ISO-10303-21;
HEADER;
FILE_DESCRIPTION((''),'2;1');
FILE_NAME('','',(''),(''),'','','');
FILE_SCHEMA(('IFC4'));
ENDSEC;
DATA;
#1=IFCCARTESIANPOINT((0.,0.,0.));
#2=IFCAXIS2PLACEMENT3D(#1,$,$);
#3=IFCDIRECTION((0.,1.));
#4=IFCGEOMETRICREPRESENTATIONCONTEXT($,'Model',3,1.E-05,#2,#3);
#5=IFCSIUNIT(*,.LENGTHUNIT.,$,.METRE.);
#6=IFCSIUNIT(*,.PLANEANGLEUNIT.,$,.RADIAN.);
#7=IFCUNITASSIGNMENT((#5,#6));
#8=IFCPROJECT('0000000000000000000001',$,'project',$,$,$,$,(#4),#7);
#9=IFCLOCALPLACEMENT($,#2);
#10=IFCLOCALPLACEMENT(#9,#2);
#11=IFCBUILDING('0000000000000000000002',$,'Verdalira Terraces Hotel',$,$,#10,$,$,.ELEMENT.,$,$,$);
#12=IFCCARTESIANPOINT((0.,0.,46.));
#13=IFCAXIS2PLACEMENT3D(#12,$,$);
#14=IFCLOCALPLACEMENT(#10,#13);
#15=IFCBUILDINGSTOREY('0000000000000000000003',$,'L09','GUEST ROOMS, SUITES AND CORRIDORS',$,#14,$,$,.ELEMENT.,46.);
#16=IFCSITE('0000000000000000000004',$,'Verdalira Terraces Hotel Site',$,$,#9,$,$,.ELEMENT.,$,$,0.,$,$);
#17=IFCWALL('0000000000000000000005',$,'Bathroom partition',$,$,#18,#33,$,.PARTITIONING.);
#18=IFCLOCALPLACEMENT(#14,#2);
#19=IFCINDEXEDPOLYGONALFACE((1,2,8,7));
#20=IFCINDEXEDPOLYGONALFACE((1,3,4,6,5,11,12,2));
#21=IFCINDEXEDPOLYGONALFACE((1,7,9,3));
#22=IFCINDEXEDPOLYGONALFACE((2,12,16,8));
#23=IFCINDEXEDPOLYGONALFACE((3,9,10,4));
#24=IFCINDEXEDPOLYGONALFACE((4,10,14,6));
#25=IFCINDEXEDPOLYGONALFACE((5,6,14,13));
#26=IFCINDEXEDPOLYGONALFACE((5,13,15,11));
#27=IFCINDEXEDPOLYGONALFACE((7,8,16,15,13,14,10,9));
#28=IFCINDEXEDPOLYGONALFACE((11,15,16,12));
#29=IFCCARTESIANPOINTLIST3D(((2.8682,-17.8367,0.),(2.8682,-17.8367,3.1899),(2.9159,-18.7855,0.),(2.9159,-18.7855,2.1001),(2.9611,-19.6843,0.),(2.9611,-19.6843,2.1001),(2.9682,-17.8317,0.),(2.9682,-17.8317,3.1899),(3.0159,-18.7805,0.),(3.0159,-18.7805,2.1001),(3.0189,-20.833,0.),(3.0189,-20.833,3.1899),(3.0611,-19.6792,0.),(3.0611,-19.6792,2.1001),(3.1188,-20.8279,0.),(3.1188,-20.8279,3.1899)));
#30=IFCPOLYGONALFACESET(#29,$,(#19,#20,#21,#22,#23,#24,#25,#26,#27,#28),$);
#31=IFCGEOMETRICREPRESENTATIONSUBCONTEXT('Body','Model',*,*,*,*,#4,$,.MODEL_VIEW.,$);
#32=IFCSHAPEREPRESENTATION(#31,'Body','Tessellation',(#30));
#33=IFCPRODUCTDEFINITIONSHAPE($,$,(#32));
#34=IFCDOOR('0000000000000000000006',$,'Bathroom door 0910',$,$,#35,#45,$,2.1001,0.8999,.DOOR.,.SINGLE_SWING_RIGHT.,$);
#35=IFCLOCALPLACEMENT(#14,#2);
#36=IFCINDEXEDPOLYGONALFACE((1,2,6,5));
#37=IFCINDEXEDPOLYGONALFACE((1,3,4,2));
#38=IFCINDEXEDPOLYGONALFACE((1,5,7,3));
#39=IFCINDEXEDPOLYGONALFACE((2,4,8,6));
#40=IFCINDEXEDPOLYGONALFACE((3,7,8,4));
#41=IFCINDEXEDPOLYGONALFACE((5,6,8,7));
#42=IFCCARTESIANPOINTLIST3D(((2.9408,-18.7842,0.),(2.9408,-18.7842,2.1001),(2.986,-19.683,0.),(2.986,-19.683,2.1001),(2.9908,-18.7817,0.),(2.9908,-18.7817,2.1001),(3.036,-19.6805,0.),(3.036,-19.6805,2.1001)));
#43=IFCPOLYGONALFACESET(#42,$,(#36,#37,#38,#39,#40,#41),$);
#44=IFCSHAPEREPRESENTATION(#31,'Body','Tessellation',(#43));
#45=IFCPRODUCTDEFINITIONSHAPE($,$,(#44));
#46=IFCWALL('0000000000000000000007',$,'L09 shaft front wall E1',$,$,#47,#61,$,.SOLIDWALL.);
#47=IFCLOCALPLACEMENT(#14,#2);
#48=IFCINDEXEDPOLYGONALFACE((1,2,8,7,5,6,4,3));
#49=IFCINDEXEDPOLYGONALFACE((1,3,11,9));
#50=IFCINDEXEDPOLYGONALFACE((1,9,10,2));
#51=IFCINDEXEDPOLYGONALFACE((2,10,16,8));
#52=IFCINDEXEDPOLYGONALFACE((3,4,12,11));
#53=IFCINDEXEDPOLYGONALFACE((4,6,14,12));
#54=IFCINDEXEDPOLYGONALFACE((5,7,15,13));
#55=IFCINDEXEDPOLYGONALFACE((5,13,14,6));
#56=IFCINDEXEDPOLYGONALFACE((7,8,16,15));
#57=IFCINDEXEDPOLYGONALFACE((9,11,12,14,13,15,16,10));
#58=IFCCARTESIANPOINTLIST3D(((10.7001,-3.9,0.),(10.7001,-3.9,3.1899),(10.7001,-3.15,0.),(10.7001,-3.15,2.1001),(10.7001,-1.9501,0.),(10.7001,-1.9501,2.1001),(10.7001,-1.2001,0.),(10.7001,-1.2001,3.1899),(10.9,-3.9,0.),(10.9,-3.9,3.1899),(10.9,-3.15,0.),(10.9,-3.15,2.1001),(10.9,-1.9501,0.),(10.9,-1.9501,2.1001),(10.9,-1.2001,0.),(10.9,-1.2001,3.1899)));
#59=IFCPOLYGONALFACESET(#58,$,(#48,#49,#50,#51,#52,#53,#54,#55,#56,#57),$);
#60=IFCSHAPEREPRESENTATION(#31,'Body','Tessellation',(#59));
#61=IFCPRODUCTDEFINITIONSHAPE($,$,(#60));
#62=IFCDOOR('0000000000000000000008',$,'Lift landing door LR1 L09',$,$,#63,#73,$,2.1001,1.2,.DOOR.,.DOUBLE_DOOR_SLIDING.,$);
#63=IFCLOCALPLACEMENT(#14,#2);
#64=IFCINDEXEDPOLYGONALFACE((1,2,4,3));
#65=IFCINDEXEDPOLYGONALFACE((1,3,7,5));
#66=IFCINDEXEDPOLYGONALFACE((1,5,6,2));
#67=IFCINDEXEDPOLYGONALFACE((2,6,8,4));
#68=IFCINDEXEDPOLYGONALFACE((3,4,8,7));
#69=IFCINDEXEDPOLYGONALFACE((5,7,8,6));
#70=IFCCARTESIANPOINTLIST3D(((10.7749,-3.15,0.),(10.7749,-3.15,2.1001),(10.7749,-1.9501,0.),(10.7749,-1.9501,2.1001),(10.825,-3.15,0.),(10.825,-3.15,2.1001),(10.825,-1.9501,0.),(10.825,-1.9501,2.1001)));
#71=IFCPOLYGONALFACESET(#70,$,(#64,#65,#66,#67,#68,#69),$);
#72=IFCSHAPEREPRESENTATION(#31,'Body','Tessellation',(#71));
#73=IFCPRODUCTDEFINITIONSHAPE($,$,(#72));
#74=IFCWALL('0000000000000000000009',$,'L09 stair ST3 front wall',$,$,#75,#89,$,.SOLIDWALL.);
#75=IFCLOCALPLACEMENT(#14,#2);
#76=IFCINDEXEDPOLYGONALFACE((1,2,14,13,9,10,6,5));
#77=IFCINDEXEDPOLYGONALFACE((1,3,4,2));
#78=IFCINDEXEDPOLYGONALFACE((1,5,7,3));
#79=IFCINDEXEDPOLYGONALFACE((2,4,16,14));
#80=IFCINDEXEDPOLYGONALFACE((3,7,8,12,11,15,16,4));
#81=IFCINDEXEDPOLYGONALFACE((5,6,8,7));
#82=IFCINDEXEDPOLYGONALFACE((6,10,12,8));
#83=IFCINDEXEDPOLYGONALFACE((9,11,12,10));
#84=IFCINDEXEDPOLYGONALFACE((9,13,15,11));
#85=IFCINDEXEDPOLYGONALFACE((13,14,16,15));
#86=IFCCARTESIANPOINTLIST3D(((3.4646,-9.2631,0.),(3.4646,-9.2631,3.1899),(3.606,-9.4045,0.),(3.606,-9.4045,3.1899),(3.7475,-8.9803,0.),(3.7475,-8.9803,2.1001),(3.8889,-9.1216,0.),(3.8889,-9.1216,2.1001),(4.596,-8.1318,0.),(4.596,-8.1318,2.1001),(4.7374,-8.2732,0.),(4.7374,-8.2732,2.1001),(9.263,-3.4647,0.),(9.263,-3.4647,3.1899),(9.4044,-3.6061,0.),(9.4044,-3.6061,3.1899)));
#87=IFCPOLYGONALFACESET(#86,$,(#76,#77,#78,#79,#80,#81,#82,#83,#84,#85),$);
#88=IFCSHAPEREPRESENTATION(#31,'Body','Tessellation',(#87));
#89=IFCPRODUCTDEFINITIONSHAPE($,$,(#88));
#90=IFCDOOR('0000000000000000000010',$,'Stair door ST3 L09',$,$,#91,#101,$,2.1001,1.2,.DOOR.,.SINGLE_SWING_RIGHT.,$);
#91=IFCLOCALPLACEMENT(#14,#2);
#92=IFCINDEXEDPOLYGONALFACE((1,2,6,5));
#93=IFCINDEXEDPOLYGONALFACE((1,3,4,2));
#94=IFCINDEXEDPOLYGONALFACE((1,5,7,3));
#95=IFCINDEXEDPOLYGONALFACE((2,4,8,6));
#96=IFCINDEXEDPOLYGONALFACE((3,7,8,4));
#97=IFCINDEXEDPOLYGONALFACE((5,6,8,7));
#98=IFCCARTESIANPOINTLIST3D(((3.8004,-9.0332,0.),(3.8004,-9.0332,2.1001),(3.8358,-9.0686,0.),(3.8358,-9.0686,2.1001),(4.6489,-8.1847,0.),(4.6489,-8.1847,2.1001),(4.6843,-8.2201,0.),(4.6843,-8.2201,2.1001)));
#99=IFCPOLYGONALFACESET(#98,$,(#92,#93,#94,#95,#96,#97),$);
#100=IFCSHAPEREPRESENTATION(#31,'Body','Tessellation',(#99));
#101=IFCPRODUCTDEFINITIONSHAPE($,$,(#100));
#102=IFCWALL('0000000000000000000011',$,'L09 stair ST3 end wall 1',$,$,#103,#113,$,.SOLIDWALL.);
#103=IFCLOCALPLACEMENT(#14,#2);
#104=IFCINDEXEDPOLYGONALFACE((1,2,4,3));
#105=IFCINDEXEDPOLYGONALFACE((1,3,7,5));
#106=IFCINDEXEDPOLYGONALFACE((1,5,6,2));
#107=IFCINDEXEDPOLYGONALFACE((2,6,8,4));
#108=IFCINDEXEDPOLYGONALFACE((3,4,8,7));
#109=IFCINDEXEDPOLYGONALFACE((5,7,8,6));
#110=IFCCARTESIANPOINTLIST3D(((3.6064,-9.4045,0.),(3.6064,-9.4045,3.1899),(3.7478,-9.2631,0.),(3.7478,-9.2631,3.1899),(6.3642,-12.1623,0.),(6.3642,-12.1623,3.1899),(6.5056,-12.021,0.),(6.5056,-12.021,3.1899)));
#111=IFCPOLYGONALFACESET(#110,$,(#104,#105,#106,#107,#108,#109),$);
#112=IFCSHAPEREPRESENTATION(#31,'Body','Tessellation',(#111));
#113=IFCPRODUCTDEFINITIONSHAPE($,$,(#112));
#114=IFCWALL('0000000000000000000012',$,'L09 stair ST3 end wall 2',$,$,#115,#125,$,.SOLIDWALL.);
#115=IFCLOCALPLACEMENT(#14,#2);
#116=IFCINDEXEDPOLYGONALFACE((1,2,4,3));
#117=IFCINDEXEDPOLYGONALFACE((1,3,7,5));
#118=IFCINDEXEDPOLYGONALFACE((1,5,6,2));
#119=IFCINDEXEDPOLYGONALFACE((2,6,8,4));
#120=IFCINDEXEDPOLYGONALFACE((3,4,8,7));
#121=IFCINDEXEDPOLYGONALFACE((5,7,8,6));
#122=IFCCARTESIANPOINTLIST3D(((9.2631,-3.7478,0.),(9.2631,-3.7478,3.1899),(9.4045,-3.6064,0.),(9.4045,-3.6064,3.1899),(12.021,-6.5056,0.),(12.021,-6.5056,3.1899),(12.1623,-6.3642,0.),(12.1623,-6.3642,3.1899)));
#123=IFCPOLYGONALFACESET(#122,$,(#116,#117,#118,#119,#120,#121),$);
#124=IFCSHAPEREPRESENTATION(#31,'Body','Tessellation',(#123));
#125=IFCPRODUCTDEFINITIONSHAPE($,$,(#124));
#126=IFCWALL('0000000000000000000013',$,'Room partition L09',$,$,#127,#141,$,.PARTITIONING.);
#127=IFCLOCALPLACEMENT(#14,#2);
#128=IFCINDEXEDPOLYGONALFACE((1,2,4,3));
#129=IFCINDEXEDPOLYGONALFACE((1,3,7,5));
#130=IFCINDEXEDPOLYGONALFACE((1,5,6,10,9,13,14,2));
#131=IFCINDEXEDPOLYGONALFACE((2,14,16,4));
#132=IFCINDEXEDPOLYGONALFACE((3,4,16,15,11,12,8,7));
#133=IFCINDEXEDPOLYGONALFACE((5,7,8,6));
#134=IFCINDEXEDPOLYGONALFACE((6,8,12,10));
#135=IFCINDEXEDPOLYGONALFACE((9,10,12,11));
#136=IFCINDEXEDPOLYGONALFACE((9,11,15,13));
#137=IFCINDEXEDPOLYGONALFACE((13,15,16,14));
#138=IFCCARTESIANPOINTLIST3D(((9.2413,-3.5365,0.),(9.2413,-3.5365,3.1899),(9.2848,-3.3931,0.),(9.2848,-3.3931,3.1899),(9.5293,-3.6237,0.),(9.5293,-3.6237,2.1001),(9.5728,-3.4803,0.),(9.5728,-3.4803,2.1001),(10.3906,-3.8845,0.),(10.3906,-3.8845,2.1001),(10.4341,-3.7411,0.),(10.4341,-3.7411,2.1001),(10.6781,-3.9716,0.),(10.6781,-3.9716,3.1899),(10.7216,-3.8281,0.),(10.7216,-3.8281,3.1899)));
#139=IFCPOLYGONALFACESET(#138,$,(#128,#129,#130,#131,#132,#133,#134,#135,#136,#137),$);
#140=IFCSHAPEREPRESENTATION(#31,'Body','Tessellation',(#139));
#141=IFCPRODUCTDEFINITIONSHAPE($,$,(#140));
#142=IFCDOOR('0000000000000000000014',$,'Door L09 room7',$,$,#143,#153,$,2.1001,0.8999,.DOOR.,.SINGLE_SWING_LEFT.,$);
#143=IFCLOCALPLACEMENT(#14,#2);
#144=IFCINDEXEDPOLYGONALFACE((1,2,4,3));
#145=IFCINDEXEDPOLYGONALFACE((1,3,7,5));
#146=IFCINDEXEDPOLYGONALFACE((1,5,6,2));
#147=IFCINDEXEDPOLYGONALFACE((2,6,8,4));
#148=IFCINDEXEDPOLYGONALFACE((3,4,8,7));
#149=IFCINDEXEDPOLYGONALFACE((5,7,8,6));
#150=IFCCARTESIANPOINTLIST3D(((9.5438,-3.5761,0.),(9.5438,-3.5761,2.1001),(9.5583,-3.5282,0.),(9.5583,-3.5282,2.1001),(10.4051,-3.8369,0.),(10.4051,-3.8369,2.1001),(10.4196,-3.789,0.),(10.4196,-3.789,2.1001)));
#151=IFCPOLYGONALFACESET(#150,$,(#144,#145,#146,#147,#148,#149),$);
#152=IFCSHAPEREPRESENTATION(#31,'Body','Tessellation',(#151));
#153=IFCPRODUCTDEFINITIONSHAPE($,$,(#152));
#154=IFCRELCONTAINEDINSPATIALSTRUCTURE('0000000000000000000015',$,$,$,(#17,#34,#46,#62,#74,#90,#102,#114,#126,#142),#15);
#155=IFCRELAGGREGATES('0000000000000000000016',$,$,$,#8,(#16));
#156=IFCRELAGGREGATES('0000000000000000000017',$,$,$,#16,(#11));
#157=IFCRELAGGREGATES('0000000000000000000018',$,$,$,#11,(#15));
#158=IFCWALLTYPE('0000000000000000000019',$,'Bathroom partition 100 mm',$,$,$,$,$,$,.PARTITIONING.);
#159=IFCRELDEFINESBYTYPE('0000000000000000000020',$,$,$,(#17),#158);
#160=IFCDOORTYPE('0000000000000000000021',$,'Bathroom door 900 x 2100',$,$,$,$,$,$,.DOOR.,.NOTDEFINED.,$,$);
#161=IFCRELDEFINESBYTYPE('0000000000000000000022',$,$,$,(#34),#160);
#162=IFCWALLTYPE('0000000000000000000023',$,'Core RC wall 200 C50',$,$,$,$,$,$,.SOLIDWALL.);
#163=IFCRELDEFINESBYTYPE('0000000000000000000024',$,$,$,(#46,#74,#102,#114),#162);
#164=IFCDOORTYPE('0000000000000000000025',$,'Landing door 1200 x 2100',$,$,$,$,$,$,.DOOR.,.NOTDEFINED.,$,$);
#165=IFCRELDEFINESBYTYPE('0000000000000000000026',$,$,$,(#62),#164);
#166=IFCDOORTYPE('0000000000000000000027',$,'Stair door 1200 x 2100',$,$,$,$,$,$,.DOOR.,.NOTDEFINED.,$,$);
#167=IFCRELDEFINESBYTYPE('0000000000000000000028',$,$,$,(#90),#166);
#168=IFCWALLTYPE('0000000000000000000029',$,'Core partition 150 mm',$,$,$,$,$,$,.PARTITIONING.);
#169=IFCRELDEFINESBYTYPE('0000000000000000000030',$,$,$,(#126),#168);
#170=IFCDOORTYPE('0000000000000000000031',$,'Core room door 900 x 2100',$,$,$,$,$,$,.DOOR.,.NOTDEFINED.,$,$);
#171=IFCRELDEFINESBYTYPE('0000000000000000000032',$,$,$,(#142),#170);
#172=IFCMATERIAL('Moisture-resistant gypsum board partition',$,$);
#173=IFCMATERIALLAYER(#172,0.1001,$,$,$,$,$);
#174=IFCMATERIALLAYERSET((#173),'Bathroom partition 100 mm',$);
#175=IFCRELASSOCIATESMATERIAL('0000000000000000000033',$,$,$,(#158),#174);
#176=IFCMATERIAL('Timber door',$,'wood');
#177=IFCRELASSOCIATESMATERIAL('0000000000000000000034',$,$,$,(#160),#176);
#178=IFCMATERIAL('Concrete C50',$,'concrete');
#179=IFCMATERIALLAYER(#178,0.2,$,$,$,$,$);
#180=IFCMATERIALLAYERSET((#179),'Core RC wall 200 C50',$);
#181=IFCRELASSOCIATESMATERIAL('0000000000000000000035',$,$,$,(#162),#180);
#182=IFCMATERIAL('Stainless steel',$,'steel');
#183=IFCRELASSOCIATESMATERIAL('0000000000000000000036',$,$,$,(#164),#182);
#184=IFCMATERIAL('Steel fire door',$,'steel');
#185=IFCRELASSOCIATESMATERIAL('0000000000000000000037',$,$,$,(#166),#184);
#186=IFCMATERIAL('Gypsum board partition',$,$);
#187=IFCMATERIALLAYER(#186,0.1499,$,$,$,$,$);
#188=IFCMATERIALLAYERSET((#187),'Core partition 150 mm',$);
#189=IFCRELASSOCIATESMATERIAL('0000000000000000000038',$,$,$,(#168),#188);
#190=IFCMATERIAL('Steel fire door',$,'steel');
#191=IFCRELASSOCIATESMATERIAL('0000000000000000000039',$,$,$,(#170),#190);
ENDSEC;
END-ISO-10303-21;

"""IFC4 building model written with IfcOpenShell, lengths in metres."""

from ifc_helpers import new_model, si_unit, direction, frame, frame_2d, origin, place, context, subcontext, project, spatial, rectangle, extrude, material, layer, layer_set, type_object, element, fill, save


model = new_model("IFC4")

# Units and contexts
model_context = context("Model", 3, precision=1e-05, world=origin(), true_north=direction((0.0, 1.0)))
body_context = subcontext(model_context, "Body", "Model", "MODEL_VIEW")
ifc_project = project(units=[si_unit("LENGTHUNIT", "METRE"), si_unit("PLANEANGLEUNIT", "RADIAN")], contexts=[model_context])

# Site, building, storey
site_placement = place(None, origin())
site = spatial("IfcSite", under=ifc_project, at=site_placement, Name="Verdalira Terraces Hotel Site", CompositionType="ELEMENT", RefElevation=0.0)
building_placement = place(site_placement, origin())
building = spatial("IfcBuilding", under=site, at=building_placement, Name="Verdalira Terraces Hotel", CompositionType="ELEMENT")
storey_placement = place(building_placement, frame((0.0, 0.0, 46.0)))
storey = spatial("IfcBuildingStorey", under=building, at=storey_placement, Name="L09", Description="GUEST ROOMS, SUITES AND CORRIDORS", CompositionType="ELEMENT", Elevation=46.0)

# Walls, openings, doors
ifc_material_1 = material(Name="Moisture-resistant gypsum board partition")
ifc_layer_1 = layer(ifc_material_1, 0.1001)
ifc_layer_set_1 = layer_set([ifc_layer_1], Name="Bathroom partition 100 mm")
wall_type_1 = type_object("IfcWallType", Name="Bathroom partition 100 mm", PredefinedType="PARTITIONING", material=ifc_layer_set_1)
wall_1_placement = place(storey_placement, frame((2.9182, -17.8342, 0.0), z_axis=(0.0, 0.0, 1.0), x_axis=(0.050214, -0.998738, 0.0)))
wall_1 = element("IfcWall", 1, at=wall_1_placement, inside=storey, type_object=wall_type_1, Name="Bathroom partition", PredefinedType="PARTITIONING", context=body_context, shape_type="SweptSolid", body=[
    extrude(rectangle(XDim=3.0, YDim=0.1001, at=frame_2d((1.5, 0.0))), origin(), (0.0, 0.0, 1.0), 3.1899),
])
opening_1_placement = place(wall_1_placement, frame((0.95, 0.0, 0.0)))
opening_1 = element("IfcOpeningElement", 2, at=opening_1_placement, cuts=wall_1, PredefinedType="OPENING", context=body_context, shape_type="SweptSolid", body=[
    extrude(rectangle(XDim=0.8999, YDim=2.1001, at=frame_2d((0.45, 1.05))), frame((0.0, 0.0601, 0.0), z_axis=(0.0, -1.0, 0.0), x_axis=(1.0, 0.0, 0.0)), (0.0, 0.0, 1.0), 0.1201),
])
ifc_material_2 = material(Name="Timber door", Category="wood")
door_type_1 = type_object("IfcDoorType", Name="Bathroom door 900 x 2100", OperationType="NOTDEFINED", PredefinedType="DOOR", material=ifc_material_2)
door_1_placement = place(opening_1_placement, origin())
door_1 = element("IfcDoor", 3, at=door_1_placement, inside=storey, type_object=door_type_1, Name="Bathroom door 0910", OperationType="SINGLE_SWING_RIGHT", OverallHeight=2.1001, OverallWidth=0.8999, PredefinedType="DOOR", context=body_context, shape_type="SweptSolid", body=[
    extrude(rectangle(XDim=0.8999, YDim=2.1001, at=frame_2d((0.45, 1.05))), frame((0.0, 0.0249, 0.0), z_axis=(0.0, -1.0, 0.0), x_axis=(1.0, 0.0, 0.0)), (0.0, 0.0, 1.0), 0.05),
])
fill(opening_1, door_1)
ifc_material_3 = material(Name="Concrete C50", Category="concrete")
ifc_layer_2 = layer(ifc_material_3, 0.2)
ifc_layer_set_2 = layer_set([ifc_layer_2], Name="Core RC wall 200 C50")
wall_type_2 = type_object("IfcWallType", Name="Core RC wall 200 C50", PredefinedType="SOLIDWALL", material=ifc_layer_set_2)
wall_2_placement = place(storey_placement, frame((10.8, -1.2, 0.0), z_axis=(0.0, 0.0, 1.0), x_axis=(0.0, -1.0, 0.0)))
wall_2 = element("IfcWall", 4, at=wall_2_placement, inside=storey, type_object=wall_type_2, Name="L09 shaft front wall E1", PredefinedType="SOLIDWALL", context=body_context, shape_type="SweptSolid", body=[
    extrude(rectangle(XDim=2.7, YDim=0.2, at=frame_2d((1.3501, 0.0))), origin(), (0.0, 0.0, 1.0), 3.1899),
])
opening_2_placement = place(wall_2_placement, frame((0.75, 0.0, 0.0)))
opening_2 = element("IfcOpeningElement", 5, at=opening_2_placement, cuts=wall_2, PredefinedType="OPENING", context=body_context, shape_type="SweptSolid", body=[
    extrude(rectangle(XDim=1.2, YDim=2.1001, at=frame_2d((0.6001, 1.05))), frame((0.0, 0.1099, 0.0), z_axis=(0.0, -1.0, 0.0), x_axis=(1.0, 0.0, 0.0)), (0.0, 0.0, 1.0), 0.22),
])
ifc_material_4 = material(Name="Stainless steel", Category="steel")
door_type_2 = type_object("IfcDoorType", Name="Landing door 1200 x 2100", OperationType="NOTDEFINED", PredefinedType="DOOR", material=ifc_material_4)
door_2_placement = place(opening_2_placement, origin())
door_2 = element("IfcDoor", 6, at=door_2_placement, inside=storey, type_object=door_type_2, Name="Lift landing door LR1 L09", OperationType="DOUBLE_DOOR_SLIDING", OverallHeight=2.1001, OverallWidth=1.2, PredefinedType="DOOR", context=body_context, shape_type="SweptSolid", body=[
    extrude(rectangle(XDim=1.2, YDim=2.1001, at=frame_2d((0.6001, 1.05))), frame((0.0, 0.0249, 0.0), z_axis=(0.0, -1.0, 0.0), x_axis=(1.0, 0.0, 0.0)), (0.0, 0.0, 1.0), 0.05),
])
fill(opening_2, door_2)
wall_3_placement = place(storey_placement, frame((9.3337, -3.5354, 0.0), z_axis=(0.0, 0.0, 1.0), x_axis=(-0.707107, -0.707107, 0.0)))
wall_3 = element("IfcWall", 7, at=wall_3_placement, inside=storey, type_object=wall_type_2, Name="L09 stair ST3 front wall", PredefinedType="SOLIDWALL", context=body_context, shape_type="SweptSolid", body=[
    extrude(rectangle(XDim=8.2002, YDim=0.2, at=frame_2d((4.1001, 0.0))), origin(), (0.0, 0.0, 1.0), 3.1899),
])
opening_3_placement = place(wall_3_placement, frame((6.6001, 0.0, 0.0)))
opening_3 = element("IfcOpeningElement", 8, at=opening_3_placement, cuts=wall_3, PredefinedType="OPENING", context=body_context, shape_type="SweptSolid", body=[
    extrude(rectangle(XDim=1.2, YDim=2.1001, at=frame_2d((0.6001, 1.05))), frame((0.0, 0.1099, 0.0), z_axis=(0.0, -1.0, 0.0), x_axis=(1.0, 0.0, 0.0)), (0.0, 0.0, 1.0), 0.22),
])
ifc_material_5 = material(Name="Steel fire door", Category="steel")
door_type_3 = type_object("IfcDoorType", Name="Stair door 1200 x 2100", OperationType="NOTDEFINED", PredefinedType="DOOR", material=ifc_material_5)
door_3_placement = place(opening_3_placement, origin())
door_3 = element("IfcDoor", 9, at=door_3_placement, inside=storey, type_object=door_type_3, Name="Stair door ST3 L09", OperationType="SINGLE_SWING_RIGHT", OverallHeight=2.1001, OverallWidth=1.2, PredefinedType="DOOR", context=body_context, shape_type="SweptSolid", body=[
    extrude(rectangle(XDim=1.2, YDim=2.1001, at=frame_2d((0.6001, 1.05))), frame((0.0, 0.0249, 0.0), z_axis=(0.0, -1.0, 0.0), x_axis=(1.0, 0.0, 0.0)), (0.0, 0.0, 1.0), 0.05),
])
fill(opening_3, door_3)

# Walls
for number, where, z_axis, x_axis, name in (
    (10, (3.677, -9.3337, 0.0), (0.0, 0.0, 1.0), (0.707107, -0.707107, 0.0), "L09 stair ST3 end wall 1"),
    (11, (9.3337, -3.677, 0.0), (0.0, 0.0, 1.0), (0.707107, -0.707107, 0.0), "L09 stair ST3 end wall 2"),
):
    element("IfcWall", number, at=place(storey_placement, frame(where, z_axis=z_axis, x_axis=x_axis)), inside=storey, type_object=wall_type_2, Name=name, PredefinedType="SOLIDWALL", context=body_context, shape_type="SweptSolid", body=[
        extrude(rectangle(XDim=3.9001, YDim=0.2, at=frame_2d((1.9502, 0.0))), origin(), (0.0, 0.0, 1.0), 3.1899),
    ])

# Wall, opening, door
ifc_material_6 = material(Name="Gypsum board partition")
ifc_layer_3 = layer(ifc_material_6, 0.1499)
ifc_layer_set_3 = layer_set([ifc_layer_3], Name="Core partition 150 mm")
wall_type_3 = type_object("IfcWallType", Name="Core partition 150 mm", PredefinedType="PARTITIONING", material=ifc_layer_set_3)
wall_4_placement = place(storey_placement, frame((9.2632, -3.4648, 0.0), z_axis=(0.0, 0.0, 1.0), x_axis=(0.957085, -0.289809, 0.0)))
wall_4 = element("IfcWall", 12, at=wall_4_placement, inside=storey, type_object=wall_type_3, Name="Room partition L09", PredefinedType="PARTITIONING", context=body_context, shape_type="SweptSolid", body=[
    extrude(rectangle(XDim=1.5012, YDim=0.1499, at=frame_2d((0.7505, 0.0))), origin(), (0.0, 0.0, 1.0), 3.1899),
])
opening_4_placement = place(wall_4_placement, frame((0.3008, 0.0, 0.0)))
opening_4 = element("IfcOpeningElement", 13, at=opening_4_placement, cuts=wall_4, PredefinedType="OPENING", context=body_context, shape_type="SweptSolid", body=[
    extrude(rectangle(XDim=0.8999, YDim=2.1001, at=frame_2d((0.45, 1.05))), frame((0.0, 0.085, 0.0), z_axis=(0.0, -1.0, 0.0), x_axis=(1.0, 0.0, 0.0)), (0.0, 0.0, 1.0), 0.1699),
])
ifc_material_7 = material(Name="Steel fire door", Category="steel")
door_type_4 = type_object("IfcDoorType", Name="Core room door 900 x 2100", OperationType="NOTDEFINED", PredefinedType="DOOR", material=ifc_material_7)
door_4_placement = place(opening_4_placement, origin())
door_4 = element("IfcDoor", 14, at=door_4_placement, inside=storey, type_object=door_type_4, Name="Door L09 room7", OperationType="SINGLE_SWING_LEFT", OverallHeight=2.1001, OverallWidth=0.8999, PredefinedType="DOOR", context=body_context, shape_type="SweptSolid", body=[
    extrude(rectangle(XDim=0.8999, YDim=2.1001, at=frame_2d((0.45, 1.05))), frame((0.0, 0.0249, 0.0), z_axis=(0.0, -1.0, 0.0), x_axis=(1.0, 0.0, 0.0)), (0.0, 0.0, 1.0), 0.05),
])
fill(opening_4, door_4)

save(model, "model.ifc")
